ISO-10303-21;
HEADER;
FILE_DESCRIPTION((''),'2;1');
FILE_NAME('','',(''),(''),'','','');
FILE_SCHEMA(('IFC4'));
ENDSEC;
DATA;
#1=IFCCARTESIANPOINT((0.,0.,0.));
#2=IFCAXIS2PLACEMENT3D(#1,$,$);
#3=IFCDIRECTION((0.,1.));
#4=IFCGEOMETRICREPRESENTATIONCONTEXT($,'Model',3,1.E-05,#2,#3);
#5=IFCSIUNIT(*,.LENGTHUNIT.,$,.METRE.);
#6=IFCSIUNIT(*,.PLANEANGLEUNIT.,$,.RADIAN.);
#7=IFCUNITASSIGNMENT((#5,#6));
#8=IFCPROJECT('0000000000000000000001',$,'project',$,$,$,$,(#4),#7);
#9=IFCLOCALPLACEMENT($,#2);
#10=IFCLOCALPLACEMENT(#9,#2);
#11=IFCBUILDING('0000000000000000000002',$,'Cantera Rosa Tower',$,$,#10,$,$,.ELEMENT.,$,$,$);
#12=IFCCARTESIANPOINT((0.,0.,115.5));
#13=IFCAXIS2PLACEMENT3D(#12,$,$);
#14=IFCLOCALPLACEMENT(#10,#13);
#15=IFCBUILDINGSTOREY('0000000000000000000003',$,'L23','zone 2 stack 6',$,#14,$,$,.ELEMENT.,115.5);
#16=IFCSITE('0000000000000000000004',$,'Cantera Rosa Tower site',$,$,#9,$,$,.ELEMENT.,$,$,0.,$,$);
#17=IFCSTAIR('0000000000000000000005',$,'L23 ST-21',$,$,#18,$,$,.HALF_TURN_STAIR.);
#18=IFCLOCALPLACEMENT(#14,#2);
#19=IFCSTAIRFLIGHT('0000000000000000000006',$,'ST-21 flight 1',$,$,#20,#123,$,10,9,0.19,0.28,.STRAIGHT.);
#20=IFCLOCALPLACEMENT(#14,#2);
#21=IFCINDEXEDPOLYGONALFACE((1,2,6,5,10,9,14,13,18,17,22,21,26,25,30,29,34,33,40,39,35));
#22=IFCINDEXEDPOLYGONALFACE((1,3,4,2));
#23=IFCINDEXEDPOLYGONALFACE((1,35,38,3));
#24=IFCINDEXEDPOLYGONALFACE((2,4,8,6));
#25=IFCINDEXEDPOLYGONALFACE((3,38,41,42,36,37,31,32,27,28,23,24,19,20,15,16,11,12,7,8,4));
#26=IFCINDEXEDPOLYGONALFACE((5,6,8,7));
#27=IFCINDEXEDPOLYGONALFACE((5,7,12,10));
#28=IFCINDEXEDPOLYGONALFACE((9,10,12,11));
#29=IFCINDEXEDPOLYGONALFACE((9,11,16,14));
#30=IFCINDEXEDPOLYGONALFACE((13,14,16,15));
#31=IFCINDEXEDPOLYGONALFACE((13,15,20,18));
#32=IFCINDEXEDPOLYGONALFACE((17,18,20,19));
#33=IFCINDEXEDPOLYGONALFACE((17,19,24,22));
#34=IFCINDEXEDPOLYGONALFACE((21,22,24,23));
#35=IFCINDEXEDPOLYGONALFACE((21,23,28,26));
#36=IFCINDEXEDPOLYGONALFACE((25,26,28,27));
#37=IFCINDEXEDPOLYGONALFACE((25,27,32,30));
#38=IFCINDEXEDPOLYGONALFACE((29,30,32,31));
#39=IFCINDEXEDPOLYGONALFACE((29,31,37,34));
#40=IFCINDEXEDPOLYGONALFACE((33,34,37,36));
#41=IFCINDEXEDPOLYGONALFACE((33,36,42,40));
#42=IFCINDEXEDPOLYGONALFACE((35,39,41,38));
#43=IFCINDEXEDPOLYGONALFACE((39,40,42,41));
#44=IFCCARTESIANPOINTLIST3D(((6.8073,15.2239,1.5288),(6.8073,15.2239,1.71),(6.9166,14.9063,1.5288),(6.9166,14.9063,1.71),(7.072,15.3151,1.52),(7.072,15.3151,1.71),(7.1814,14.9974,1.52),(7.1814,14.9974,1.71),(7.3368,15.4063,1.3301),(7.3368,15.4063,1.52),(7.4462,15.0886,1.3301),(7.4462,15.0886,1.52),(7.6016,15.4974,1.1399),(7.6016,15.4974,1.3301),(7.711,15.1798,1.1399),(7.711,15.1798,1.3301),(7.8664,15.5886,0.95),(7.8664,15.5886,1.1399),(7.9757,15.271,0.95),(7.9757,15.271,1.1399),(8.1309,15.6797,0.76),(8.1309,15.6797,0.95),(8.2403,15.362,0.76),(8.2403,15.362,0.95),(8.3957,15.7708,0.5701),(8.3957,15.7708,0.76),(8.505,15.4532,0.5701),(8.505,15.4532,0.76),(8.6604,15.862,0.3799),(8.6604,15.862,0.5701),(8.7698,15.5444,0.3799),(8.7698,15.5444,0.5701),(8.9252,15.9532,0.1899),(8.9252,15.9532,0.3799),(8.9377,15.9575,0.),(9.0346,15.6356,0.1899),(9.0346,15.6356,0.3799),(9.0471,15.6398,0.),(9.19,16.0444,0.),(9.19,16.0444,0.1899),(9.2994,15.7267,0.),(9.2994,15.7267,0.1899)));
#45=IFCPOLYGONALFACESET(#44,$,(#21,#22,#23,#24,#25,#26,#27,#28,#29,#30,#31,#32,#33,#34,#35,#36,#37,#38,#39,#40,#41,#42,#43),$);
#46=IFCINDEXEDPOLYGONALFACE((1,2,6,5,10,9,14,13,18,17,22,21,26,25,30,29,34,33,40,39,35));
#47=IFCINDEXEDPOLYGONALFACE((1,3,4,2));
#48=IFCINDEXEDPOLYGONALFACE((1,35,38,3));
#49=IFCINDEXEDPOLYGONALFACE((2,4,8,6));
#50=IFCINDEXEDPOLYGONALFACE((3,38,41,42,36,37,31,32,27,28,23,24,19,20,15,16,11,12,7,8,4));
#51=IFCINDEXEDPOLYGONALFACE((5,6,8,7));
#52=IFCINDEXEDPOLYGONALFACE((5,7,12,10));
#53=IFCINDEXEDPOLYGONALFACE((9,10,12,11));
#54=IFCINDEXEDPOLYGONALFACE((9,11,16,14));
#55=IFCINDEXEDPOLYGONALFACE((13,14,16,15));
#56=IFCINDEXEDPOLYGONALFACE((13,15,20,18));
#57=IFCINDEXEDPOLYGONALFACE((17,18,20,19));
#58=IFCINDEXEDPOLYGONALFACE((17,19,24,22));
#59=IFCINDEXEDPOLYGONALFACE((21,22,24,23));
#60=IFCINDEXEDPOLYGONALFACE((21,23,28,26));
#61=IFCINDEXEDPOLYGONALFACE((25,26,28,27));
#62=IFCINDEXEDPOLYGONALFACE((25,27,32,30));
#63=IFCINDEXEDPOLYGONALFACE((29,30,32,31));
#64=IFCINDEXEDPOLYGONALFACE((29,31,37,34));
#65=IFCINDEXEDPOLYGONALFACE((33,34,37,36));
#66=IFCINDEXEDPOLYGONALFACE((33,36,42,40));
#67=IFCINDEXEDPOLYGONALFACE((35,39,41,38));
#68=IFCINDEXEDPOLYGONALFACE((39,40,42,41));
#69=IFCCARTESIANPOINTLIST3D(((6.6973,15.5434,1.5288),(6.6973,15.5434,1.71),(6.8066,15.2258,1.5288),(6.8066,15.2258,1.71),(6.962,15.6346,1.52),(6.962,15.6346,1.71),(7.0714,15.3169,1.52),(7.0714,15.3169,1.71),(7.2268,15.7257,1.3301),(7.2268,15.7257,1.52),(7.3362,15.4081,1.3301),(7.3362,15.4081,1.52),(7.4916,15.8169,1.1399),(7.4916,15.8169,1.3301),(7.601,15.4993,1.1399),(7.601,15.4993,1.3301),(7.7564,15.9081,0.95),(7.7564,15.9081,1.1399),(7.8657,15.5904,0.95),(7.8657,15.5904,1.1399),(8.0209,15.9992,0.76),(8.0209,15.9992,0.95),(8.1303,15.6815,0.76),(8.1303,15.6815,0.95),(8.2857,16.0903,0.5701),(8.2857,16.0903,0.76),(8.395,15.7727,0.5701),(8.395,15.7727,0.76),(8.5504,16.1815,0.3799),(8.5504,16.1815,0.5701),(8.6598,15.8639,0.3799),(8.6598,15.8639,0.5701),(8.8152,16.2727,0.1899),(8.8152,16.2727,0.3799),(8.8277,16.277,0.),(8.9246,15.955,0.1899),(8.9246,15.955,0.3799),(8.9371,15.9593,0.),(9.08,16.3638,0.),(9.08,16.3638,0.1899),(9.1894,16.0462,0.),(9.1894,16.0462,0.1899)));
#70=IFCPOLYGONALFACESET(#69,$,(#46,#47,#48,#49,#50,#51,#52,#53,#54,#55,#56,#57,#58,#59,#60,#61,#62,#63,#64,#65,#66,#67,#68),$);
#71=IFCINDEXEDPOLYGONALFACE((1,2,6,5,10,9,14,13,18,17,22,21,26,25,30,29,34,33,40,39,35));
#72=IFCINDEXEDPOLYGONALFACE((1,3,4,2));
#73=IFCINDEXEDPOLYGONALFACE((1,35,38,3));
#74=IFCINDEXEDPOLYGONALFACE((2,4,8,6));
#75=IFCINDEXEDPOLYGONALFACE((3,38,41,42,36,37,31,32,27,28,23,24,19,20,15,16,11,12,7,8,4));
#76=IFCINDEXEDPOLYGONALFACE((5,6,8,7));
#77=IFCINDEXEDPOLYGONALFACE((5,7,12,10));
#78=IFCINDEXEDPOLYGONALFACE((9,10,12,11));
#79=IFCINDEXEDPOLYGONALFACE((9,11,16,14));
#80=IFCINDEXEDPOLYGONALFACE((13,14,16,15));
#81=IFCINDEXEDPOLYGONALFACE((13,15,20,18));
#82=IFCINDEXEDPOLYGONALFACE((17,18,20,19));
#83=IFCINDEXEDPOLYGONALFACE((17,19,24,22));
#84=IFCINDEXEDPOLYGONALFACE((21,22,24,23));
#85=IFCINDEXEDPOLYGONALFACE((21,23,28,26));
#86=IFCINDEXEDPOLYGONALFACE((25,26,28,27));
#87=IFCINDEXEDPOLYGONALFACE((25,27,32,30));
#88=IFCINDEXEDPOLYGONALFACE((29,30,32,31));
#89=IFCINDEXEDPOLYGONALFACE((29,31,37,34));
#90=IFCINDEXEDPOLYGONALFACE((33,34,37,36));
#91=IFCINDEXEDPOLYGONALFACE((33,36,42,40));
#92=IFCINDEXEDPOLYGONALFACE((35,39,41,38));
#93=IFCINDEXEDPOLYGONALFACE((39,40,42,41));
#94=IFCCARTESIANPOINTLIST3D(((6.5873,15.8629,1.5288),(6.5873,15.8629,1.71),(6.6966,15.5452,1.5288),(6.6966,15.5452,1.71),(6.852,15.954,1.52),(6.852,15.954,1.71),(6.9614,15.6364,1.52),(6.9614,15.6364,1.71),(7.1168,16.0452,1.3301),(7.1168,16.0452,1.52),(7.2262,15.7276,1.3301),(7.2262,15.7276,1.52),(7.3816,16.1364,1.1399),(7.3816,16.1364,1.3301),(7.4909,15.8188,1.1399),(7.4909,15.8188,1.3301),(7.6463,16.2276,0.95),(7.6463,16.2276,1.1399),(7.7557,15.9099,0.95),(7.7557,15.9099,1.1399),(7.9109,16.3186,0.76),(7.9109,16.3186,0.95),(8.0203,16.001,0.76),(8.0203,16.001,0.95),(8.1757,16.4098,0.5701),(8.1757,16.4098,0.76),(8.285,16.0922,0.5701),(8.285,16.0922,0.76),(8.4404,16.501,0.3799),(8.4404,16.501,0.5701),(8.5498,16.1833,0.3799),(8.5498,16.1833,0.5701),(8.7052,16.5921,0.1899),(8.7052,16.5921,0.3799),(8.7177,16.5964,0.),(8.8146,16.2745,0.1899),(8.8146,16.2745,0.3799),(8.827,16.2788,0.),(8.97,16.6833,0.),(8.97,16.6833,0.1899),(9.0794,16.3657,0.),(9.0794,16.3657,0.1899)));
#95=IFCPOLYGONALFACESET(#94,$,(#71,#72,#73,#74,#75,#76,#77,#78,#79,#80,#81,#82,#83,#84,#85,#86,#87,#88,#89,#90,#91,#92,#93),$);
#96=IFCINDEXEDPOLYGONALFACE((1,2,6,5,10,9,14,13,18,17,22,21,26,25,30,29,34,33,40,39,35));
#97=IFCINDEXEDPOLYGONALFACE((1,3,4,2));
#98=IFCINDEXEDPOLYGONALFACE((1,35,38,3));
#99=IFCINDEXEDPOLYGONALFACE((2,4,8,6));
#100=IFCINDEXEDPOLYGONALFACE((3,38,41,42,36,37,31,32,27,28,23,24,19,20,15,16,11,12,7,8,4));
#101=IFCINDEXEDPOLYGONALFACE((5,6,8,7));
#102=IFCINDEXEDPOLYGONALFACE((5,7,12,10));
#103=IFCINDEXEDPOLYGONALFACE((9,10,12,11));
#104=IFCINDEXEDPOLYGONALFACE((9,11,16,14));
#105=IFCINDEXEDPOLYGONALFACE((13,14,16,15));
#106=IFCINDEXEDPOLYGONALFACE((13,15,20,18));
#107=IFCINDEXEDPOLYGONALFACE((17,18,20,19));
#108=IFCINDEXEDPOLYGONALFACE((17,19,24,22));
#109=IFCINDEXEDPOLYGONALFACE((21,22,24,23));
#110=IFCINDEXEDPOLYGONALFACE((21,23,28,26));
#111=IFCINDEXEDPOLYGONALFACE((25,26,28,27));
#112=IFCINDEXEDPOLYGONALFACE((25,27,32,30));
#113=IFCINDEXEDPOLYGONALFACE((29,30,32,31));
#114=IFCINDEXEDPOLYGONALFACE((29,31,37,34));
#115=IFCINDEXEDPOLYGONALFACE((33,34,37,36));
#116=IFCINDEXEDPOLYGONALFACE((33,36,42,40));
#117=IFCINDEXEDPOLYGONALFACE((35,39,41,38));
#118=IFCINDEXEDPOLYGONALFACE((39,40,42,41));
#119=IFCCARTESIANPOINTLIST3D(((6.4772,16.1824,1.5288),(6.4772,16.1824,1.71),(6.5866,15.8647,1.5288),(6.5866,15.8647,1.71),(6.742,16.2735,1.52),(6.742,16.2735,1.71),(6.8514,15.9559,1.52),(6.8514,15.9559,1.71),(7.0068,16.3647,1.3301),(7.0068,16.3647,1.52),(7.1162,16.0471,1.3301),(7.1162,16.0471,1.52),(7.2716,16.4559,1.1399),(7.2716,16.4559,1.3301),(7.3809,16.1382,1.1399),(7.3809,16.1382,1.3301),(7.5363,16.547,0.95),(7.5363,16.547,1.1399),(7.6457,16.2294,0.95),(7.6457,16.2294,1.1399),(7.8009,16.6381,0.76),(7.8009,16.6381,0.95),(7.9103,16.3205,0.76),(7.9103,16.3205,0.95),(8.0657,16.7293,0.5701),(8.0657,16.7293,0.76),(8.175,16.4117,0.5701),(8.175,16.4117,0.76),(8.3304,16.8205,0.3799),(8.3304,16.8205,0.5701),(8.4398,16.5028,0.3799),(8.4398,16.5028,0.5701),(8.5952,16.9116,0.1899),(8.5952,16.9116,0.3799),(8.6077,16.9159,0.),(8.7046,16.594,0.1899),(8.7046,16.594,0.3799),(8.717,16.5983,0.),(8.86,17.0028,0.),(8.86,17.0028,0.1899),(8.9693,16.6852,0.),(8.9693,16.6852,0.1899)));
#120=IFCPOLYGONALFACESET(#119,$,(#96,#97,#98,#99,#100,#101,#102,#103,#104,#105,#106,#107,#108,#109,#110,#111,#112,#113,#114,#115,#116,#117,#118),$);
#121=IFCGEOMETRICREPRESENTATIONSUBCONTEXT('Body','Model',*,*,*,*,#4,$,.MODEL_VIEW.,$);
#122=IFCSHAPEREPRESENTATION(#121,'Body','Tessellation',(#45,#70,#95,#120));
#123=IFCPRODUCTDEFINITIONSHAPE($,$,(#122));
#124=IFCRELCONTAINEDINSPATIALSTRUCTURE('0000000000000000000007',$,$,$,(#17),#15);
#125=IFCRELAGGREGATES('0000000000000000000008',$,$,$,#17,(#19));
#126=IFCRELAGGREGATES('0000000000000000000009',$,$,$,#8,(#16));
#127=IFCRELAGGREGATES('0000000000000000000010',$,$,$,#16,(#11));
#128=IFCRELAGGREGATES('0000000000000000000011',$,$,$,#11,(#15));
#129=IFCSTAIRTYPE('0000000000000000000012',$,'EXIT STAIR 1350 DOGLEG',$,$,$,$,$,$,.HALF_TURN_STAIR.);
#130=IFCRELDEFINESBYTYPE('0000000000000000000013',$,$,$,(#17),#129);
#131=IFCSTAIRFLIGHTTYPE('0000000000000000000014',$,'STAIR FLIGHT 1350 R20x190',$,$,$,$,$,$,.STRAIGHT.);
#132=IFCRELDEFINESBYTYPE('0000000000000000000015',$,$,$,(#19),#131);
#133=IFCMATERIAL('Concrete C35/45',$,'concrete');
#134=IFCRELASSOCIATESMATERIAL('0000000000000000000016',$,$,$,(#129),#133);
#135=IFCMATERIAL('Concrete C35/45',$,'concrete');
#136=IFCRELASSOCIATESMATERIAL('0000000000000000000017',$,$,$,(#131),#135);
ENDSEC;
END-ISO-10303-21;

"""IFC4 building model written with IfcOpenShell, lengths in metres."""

from ifc_helpers import new_model, si_unit, direction, frame, origin, place, context, subcontext, project, spatial, polyline, outline, extrude, material, type_object, element, aggregate, save


model = new_model("IFC4")

# Units and contexts
model_context = context("Model", 3, precision=1e-05, world=origin(), true_north=direction((0.0, 1.0)))
body_context = subcontext(model_context, "Body", "Model", "MODEL_VIEW")
ifc_project = project(units=[si_unit("LENGTHUNIT", "METRE"), si_unit("PLANEANGLEUNIT", "RADIAN")], contexts=[model_context])

# Site, building, storey
site_placement = place(None, origin())
site = spatial("IfcSite", under=ifc_project, at=site_placement, Name="Cantera Rosa Tower site", CompositionType="ELEMENT", RefElevation=0.0)
building_placement = place(site_placement, origin())
building = spatial("IfcBuilding", under=site, at=building_placement, Name="Cantera Rosa Tower", CompositionType="ELEMENT")
storey_placement = place(building_placement, frame((0.0, 0.0, 115.5)))
storey = spatial("IfcBuildingStorey", under=building, at=storey_placement, Name="L23", Description="zone 2 stack 6", CompositionType="ELEMENT", Elevation=115.5)

# Stair, stair flight
ifc_material_1 = material(Name="Concrete C35/45", Category="concrete")
stair_type = type_object("IfcStairType", Name="EXIT STAIR 1350 DOGLEG", PredefinedType="HALF_TURN_STAIR", material=ifc_material_1)
stair_placement = place(storey_placement, origin())
stair = element("IfcStair", 1, at=stair_placement, inside=storey, type_object=stair_type, Name="L23 ST-21", PredefinedType="HALF_TURN_STAIR")
ifc_material_2 = material(Name="Concrete C35/45", Category="concrete")
stair_flight_type = type_object("IfcStairFlightType", Name="STAIR FLIGHT 1350 R20x190", PredefinedType="STRAIGHT", material=ifc_material_2)
stair_flight_1_placement = place(storey_placement, frame((9.0796, 16.365, 0.0), z_axis=(0.0, 0.0, 1.0), x_axis=(-0.945519, -0.325568, 0.0)))
stair_flight_1 = element("IfcStairFlight", 2, at=stair_flight_1_placement, type_object=stair_flight_type, Name="ST-21 flight 1", NumberOfRisers=10, NumberOfTreads=9, PredefinedType="STRAIGHT", RiserHeight=0.19, TreadLength=0.28, context=body_context, shape_type="SweptSolid", body=[
    extrude(outline(polyline([(0.0, 0.0), (0.0, 0.1899), (0.28, 0.1899), (0.28, 0.3799), (0.5601, 0.3799), (0.5601, 0.5701), (0.8401, 0.5701), (0.8401, 0.76), (1.1201, 0.76), (1.1201, 0.95), (1.3999, 0.95), (1.3999, 1.1399), (1.6799, 1.1399), (1.6799, 1.3301), (1.96, 1.3301), (1.96, 1.52), (2.24, 1.52), (2.24, 1.71), (2.52, 1.71), (2.52, 1.8999), (2.52, 1.5288), (0.2668, 0.0), (0.0, 0.0)])), frame((0.0, 0.675, 0.0), z_axis=(0.0, -1.0, 0.0), x_axis=(1.0, 0.0, 0.0)), (0.0, 0.0, 1.0), 0.3359),
    extrude(outline(polyline([(0.0, 0.0), (0.0, 0.1899), (0.28, 0.1899), (0.28, 0.3799), (0.5601, 0.3799), (0.5601, 0.5701), (0.8401, 0.5701), (0.8401, 0.76), (1.1201, 0.76), (1.1201, 0.95), (1.3999, 0.95), (1.3999, 1.1399), (1.6799, 1.1399), (1.6799, 1.3301), (1.96, 1.3301), (1.96, 1.52), (2.24, 1.52), (2.24, 1.71), (2.52, 1.71), (2.52, 1.8999), (2.52, 1.5288), (0.2668, 0.0), (0.0, 0.0)])), frame((0.0, 0.3372, 0.0), z_axis=(0.0, -1.0, 0.0), x_axis=(1.0, 0.0, 0.0)), (0.0, 0.0, 1.0), 0.3359),
    extrude(outline(polyline([(0.0, 0.0), (0.0, 0.1899), (0.28, 0.1899), (0.28, 0.3799), (0.5601, 0.3799), (0.5601, 0.5701), (0.8401, 0.5701), (0.8401, 0.76), (1.1201, 0.76), (1.1201, 0.95), (1.3999, 0.95), (1.3999, 1.1399), (1.6799, 1.1399), (1.6799, 1.3301), (1.96, 1.3301), (1.96, 1.52), (2.24, 1.52), (2.24, 1.71), (2.52, 1.71), (2.52, 1.8999), (2.52, 1.5288), (0.2668, 0.0), (0.0, 0.0)])), frame((0.0, -0.0007, 0.0), z_axis=(0.0, -1.0, 0.0), x_axis=(1.0, 0.0, 0.0)), (0.0, 0.0, 1.0), 0.3359),
    extrude(outline(polyline([(0.0, 0.0), (0.0, 0.1899), (0.28, 0.1899), (0.28, 0.3799), (0.5601, 0.3799), (0.5601, 0.5701), (0.8401, 0.5701), (0.8401, 0.76), (1.1201, 0.76), (1.1201, 0.95), (1.3999, 0.95), (1.3999, 1.1399), (1.6799, 1.1399), (1.6799, 1.3301), (1.96, 1.3301), (1.96, 1.52), (2.24, 1.52), (2.24, 1.71), (2.52, 1.71), (2.52, 1.8999), (2.52, 1.5288), (0.2668, 0.0), (0.0, 0.0)])), frame((0.0, -0.3386, 0.0), z_axis=(0.0, -1.0, 0.0), x_axis=(1.0, 0.0, 0.0)), (0.0, 0.0, 1.0), 0.3359),
])
aggregate(stair, [stair_flight_1])

save(model, "model.ifc")
